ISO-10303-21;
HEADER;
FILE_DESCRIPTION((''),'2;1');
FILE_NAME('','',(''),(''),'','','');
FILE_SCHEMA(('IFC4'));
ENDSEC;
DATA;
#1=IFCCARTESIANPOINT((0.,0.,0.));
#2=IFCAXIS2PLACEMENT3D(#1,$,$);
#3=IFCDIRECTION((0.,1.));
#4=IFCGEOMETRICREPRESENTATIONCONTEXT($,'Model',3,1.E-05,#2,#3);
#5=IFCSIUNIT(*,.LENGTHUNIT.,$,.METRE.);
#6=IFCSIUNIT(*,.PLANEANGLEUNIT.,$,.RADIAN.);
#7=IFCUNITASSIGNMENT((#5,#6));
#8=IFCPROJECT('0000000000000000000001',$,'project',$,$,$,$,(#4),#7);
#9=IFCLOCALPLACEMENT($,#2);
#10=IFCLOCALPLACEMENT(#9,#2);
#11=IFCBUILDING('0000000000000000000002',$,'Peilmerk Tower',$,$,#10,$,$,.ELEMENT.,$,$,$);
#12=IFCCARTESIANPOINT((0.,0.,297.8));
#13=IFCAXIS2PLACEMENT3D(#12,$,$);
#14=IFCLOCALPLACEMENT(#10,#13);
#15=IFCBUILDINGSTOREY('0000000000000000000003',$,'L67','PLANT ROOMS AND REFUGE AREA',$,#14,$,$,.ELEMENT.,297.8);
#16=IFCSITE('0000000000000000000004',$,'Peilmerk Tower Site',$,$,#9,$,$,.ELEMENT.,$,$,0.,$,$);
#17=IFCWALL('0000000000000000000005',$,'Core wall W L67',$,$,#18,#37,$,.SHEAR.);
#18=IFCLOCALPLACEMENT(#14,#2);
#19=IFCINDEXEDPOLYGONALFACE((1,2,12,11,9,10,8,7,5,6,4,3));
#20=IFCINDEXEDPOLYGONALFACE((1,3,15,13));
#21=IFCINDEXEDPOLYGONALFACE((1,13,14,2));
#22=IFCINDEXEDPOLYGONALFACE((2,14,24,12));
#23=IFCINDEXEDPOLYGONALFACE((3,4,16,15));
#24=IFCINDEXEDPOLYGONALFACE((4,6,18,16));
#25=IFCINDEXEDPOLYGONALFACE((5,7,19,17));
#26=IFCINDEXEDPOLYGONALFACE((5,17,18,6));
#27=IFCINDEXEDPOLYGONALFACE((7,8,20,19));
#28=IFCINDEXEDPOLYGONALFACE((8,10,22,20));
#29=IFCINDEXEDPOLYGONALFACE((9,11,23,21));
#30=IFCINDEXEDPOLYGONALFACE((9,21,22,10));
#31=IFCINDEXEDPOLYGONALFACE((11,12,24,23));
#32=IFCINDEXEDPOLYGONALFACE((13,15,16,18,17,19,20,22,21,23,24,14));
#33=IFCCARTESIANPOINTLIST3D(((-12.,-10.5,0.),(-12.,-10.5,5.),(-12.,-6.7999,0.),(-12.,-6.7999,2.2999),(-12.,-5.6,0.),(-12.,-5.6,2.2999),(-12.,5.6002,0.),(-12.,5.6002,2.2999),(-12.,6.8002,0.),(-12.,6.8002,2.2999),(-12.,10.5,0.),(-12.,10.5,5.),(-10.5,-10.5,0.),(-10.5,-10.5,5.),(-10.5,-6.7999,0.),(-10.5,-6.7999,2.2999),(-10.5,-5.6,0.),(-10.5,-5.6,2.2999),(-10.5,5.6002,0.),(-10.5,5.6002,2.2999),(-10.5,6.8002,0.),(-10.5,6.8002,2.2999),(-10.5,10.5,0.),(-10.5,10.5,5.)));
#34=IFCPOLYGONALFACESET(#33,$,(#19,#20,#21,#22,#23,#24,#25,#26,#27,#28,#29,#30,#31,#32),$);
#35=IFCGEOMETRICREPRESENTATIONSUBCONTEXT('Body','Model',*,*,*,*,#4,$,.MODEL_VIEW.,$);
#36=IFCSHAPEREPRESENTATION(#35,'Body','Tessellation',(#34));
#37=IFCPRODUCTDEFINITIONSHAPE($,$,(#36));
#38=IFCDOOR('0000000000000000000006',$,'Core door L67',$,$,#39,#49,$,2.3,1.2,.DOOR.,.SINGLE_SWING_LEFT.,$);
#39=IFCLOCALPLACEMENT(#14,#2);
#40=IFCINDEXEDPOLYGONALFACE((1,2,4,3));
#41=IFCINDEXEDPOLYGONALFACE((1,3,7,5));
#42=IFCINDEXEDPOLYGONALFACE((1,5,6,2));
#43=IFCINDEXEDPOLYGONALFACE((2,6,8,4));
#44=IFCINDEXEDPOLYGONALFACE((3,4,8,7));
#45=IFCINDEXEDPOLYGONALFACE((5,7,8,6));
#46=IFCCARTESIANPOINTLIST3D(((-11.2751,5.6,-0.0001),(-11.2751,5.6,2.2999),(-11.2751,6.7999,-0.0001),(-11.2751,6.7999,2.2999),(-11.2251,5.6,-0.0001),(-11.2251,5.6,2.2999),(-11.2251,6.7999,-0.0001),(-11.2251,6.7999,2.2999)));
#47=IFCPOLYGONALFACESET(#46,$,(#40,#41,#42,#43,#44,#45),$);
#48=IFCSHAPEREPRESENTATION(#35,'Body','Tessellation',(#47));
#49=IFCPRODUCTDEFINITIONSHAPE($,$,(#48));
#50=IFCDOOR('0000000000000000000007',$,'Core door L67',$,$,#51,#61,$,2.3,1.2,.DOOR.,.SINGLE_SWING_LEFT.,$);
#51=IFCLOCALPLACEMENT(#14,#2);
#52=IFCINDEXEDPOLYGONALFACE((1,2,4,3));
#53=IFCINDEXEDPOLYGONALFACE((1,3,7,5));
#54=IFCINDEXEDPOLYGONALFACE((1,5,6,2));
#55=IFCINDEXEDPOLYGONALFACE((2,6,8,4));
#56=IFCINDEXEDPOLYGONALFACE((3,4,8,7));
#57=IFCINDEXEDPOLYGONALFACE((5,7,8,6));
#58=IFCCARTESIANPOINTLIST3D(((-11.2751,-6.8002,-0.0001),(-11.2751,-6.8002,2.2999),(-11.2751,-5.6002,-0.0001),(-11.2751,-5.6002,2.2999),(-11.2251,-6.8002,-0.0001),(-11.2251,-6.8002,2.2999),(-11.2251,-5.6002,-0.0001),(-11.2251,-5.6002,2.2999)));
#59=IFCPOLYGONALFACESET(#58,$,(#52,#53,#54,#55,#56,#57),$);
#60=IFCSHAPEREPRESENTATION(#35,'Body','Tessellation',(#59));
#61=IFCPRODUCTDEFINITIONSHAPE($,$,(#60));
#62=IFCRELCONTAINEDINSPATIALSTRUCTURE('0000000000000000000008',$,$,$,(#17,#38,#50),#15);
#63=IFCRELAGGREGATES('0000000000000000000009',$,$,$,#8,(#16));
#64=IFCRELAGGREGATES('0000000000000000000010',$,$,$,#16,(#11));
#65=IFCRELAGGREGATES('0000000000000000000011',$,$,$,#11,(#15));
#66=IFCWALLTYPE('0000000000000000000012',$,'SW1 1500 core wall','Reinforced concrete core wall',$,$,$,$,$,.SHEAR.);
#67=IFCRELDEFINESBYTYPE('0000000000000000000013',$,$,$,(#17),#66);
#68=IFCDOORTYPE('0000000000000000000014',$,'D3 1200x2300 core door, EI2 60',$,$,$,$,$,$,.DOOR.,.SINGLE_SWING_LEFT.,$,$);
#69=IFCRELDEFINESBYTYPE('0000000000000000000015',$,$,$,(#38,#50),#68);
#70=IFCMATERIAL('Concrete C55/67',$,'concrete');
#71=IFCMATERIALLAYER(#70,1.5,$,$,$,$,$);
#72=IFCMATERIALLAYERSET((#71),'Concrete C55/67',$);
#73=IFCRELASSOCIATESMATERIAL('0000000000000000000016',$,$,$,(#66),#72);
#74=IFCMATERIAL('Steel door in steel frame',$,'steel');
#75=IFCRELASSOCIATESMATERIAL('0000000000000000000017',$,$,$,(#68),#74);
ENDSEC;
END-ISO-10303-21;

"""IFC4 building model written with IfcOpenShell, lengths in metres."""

from ifc_helpers import new_model, si_unit, direction, frame, frame_2d, origin, place, context, subcontext, project, spatial, rectangle, extrude, material, layer, layer_set, type_object, element, fill, save


model = new_model("IFC4")

# Units and contexts
model_context = context("Model", 3, precision=1e-05, world=origin(), true_north=direction((0.0, 1.0)))
body_context = subcontext(model_context, "Body", "Model", "MODEL_VIEW")
ifc_project = project(units=[si_unit("LENGTHUNIT", "METRE"), si_unit("PLANEANGLEUNIT", "RADIAN")], contexts=[model_context])

# Site, building, storey
site_placement = place(None, origin())
site = spatial("IfcSite", under=ifc_project, at=site_placement, Name="Peilmerk Tower Site", CompositionType="ELEMENT", RefElevation=0.0)
building_placement = place(site_placement, origin())
building = spatial("IfcBuilding", under=site, at=building_placement, Name="Peilmerk Tower", CompositionType="ELEMENT")
storey_placement = place(building_placement, frame((0.0, 0.0, 297.8)))
storey = spatial("IfcBuildingStorey", under=building, at=storey_placement, Name="L67", Description="PLANT ROOMS AND REFUGE AREA", CompositionType="ELEMENT", Elevation=297.8)

# Wall, openings, doors
ifc_material_1 = material(Name="Concrete C55/67", Category="concrete")
ifc_layer_1 = layer(ifc_material_1, 1.5)
ifc_layer_set_1 = layer_set([ifc_layer_1], Name="Concrete C55/67")
wall_type_1 = type_object("IfcWallType", Name="SW1 1500 core wall", Description="Reinforced concrete core wall", PredefinedType="SHEAR", material=ifc_layer_set_1)
wall_1_placement = place(storey_placement, frame((-11.25, -10.5, 0.0), z_axis=(0.0, 0.0, 1.0), x_axis=(0.0, 1.0, 0.0)))
wall_1 = element("IfcWall", 1, at=wall_1_placement, inside=storey, type_object=wall_type_1, Name="Core wall W L67", PredefinedType="SHEAR", context=body_context, shape_type="SweptSolid", body=[
    extrude(rectangle(XDim=21.0, YDim=1.5, at=frame_2d((10.5, 0.0))), origin(), (0.0, 0.0, 1.0), 5.0),
])
opening_1_placement = place(wall_1_placement, frame((16.1001, 0.0, 0.0)))
opening_1 = element("IfcOpeningElement", 2, at=opening_1_placement, cuts=wall_1, PredefinedType="OPENING", context=body_context, shape_type="SweptSolid", body=[
    extrude(rectangle(XDim=1.2, YDim=2.3, at=frame_2d((0.6001, 1.1499))), frame((0.0, 0.76, 0.0), z_axis=(0.0, -1.0, 0.0), x_axis=(1.0, 0.0, 0.0)), (0.0, 0.0, 1.0), 1.52),
])
opening_2_placement = place(wall_1_placement, frame((3.7, 0.0, 0.0)))
opening_2 = element("IfcOpeningElement", 3, at=opening_2_placement, cuts=wall_1, PredefinedType="OPENING", context=body_context, shape_type="SweptSolid", body=[
    extrude(rectangle(XDim=1.2, YDim=2.3, at=frame_2d((0.6001, 1.1499))), frame((0.0, 0.76, 0.0), z_axis=(0.0, -1.0, 0.0), x_axis=(1.0, 0.0, 0.0)), (0.0, 0.0, 1.0), 1.52),
])
ifc_material_2 = material(Name="Steel door in steel frame", Category="steel")
door_type = type_object("IfcDoorType", Name="D3 1200x2300 core door, EI2 60", OperationType="SINGLE_SWING_LEFT", PredefinedType="DOOR", material=ifc_material_2)
door_1_placement = place(opening_1_placement, frame((1.2, 0.0, 0.0), z_axis=(0.0, 0.0, 1.0), x_axis=(-1.0, 0.0, 0.0)))
door_1 = element("IfcDoor", 4, at=door_1_placement, inside=storey, type_object=door_type, Name="Core door L67", OperationType="SINGLE_SWING_LEFT", OverallHeight=2.3, OverallWidth=1.2, PredefinedType="DOOR", context=body_context, shape_type="SweptSolid", body=[
    extrude(rectangle(XDim=1.2, YDim=2.3, at=frame_2d((0.6001, 1.1499))), frame((0.0, 0.0249, 0.0), z_axis=(0.0, -1.0, 0.0), x_axis=(1.0, 0.0, 0.0)), (0.0, 0.0, 1.0), 0.05),
])
fill(opening_1, door_1)
door_2_placement = place(opening_2_placement, frame((1.2, 0.0, 0.0), z_axis=(0.0, 0.0, 1.0), x_axis=(-1.0, 0.0, 0.0)))
door_2 = element("IfcDoor", 5, at=door_2_placement, inside=storey, type_object=door_type, Name="Core door L67", OperationType="SINGLE_SWING_LEFT", OverallHeight=2.3, OverallWidth=1.2, PredefinedType="DOOR", context=body_context, shape_type="SweptSolid", body=[
    extrude(rectangle(XDim=1.2, YDim=2.3, at=frame_2d((0.6001, 1.1499))), frame((0.0, 0.0249, 0.0), z_axis=(0.0, -1.0, 0.0), x_axis=(1.0, 0.0, 0.0)), (0.0, 0.0, 1.0), 0.05),
])
fill(opening_2, door_2)

save(model, "model.ifc")
